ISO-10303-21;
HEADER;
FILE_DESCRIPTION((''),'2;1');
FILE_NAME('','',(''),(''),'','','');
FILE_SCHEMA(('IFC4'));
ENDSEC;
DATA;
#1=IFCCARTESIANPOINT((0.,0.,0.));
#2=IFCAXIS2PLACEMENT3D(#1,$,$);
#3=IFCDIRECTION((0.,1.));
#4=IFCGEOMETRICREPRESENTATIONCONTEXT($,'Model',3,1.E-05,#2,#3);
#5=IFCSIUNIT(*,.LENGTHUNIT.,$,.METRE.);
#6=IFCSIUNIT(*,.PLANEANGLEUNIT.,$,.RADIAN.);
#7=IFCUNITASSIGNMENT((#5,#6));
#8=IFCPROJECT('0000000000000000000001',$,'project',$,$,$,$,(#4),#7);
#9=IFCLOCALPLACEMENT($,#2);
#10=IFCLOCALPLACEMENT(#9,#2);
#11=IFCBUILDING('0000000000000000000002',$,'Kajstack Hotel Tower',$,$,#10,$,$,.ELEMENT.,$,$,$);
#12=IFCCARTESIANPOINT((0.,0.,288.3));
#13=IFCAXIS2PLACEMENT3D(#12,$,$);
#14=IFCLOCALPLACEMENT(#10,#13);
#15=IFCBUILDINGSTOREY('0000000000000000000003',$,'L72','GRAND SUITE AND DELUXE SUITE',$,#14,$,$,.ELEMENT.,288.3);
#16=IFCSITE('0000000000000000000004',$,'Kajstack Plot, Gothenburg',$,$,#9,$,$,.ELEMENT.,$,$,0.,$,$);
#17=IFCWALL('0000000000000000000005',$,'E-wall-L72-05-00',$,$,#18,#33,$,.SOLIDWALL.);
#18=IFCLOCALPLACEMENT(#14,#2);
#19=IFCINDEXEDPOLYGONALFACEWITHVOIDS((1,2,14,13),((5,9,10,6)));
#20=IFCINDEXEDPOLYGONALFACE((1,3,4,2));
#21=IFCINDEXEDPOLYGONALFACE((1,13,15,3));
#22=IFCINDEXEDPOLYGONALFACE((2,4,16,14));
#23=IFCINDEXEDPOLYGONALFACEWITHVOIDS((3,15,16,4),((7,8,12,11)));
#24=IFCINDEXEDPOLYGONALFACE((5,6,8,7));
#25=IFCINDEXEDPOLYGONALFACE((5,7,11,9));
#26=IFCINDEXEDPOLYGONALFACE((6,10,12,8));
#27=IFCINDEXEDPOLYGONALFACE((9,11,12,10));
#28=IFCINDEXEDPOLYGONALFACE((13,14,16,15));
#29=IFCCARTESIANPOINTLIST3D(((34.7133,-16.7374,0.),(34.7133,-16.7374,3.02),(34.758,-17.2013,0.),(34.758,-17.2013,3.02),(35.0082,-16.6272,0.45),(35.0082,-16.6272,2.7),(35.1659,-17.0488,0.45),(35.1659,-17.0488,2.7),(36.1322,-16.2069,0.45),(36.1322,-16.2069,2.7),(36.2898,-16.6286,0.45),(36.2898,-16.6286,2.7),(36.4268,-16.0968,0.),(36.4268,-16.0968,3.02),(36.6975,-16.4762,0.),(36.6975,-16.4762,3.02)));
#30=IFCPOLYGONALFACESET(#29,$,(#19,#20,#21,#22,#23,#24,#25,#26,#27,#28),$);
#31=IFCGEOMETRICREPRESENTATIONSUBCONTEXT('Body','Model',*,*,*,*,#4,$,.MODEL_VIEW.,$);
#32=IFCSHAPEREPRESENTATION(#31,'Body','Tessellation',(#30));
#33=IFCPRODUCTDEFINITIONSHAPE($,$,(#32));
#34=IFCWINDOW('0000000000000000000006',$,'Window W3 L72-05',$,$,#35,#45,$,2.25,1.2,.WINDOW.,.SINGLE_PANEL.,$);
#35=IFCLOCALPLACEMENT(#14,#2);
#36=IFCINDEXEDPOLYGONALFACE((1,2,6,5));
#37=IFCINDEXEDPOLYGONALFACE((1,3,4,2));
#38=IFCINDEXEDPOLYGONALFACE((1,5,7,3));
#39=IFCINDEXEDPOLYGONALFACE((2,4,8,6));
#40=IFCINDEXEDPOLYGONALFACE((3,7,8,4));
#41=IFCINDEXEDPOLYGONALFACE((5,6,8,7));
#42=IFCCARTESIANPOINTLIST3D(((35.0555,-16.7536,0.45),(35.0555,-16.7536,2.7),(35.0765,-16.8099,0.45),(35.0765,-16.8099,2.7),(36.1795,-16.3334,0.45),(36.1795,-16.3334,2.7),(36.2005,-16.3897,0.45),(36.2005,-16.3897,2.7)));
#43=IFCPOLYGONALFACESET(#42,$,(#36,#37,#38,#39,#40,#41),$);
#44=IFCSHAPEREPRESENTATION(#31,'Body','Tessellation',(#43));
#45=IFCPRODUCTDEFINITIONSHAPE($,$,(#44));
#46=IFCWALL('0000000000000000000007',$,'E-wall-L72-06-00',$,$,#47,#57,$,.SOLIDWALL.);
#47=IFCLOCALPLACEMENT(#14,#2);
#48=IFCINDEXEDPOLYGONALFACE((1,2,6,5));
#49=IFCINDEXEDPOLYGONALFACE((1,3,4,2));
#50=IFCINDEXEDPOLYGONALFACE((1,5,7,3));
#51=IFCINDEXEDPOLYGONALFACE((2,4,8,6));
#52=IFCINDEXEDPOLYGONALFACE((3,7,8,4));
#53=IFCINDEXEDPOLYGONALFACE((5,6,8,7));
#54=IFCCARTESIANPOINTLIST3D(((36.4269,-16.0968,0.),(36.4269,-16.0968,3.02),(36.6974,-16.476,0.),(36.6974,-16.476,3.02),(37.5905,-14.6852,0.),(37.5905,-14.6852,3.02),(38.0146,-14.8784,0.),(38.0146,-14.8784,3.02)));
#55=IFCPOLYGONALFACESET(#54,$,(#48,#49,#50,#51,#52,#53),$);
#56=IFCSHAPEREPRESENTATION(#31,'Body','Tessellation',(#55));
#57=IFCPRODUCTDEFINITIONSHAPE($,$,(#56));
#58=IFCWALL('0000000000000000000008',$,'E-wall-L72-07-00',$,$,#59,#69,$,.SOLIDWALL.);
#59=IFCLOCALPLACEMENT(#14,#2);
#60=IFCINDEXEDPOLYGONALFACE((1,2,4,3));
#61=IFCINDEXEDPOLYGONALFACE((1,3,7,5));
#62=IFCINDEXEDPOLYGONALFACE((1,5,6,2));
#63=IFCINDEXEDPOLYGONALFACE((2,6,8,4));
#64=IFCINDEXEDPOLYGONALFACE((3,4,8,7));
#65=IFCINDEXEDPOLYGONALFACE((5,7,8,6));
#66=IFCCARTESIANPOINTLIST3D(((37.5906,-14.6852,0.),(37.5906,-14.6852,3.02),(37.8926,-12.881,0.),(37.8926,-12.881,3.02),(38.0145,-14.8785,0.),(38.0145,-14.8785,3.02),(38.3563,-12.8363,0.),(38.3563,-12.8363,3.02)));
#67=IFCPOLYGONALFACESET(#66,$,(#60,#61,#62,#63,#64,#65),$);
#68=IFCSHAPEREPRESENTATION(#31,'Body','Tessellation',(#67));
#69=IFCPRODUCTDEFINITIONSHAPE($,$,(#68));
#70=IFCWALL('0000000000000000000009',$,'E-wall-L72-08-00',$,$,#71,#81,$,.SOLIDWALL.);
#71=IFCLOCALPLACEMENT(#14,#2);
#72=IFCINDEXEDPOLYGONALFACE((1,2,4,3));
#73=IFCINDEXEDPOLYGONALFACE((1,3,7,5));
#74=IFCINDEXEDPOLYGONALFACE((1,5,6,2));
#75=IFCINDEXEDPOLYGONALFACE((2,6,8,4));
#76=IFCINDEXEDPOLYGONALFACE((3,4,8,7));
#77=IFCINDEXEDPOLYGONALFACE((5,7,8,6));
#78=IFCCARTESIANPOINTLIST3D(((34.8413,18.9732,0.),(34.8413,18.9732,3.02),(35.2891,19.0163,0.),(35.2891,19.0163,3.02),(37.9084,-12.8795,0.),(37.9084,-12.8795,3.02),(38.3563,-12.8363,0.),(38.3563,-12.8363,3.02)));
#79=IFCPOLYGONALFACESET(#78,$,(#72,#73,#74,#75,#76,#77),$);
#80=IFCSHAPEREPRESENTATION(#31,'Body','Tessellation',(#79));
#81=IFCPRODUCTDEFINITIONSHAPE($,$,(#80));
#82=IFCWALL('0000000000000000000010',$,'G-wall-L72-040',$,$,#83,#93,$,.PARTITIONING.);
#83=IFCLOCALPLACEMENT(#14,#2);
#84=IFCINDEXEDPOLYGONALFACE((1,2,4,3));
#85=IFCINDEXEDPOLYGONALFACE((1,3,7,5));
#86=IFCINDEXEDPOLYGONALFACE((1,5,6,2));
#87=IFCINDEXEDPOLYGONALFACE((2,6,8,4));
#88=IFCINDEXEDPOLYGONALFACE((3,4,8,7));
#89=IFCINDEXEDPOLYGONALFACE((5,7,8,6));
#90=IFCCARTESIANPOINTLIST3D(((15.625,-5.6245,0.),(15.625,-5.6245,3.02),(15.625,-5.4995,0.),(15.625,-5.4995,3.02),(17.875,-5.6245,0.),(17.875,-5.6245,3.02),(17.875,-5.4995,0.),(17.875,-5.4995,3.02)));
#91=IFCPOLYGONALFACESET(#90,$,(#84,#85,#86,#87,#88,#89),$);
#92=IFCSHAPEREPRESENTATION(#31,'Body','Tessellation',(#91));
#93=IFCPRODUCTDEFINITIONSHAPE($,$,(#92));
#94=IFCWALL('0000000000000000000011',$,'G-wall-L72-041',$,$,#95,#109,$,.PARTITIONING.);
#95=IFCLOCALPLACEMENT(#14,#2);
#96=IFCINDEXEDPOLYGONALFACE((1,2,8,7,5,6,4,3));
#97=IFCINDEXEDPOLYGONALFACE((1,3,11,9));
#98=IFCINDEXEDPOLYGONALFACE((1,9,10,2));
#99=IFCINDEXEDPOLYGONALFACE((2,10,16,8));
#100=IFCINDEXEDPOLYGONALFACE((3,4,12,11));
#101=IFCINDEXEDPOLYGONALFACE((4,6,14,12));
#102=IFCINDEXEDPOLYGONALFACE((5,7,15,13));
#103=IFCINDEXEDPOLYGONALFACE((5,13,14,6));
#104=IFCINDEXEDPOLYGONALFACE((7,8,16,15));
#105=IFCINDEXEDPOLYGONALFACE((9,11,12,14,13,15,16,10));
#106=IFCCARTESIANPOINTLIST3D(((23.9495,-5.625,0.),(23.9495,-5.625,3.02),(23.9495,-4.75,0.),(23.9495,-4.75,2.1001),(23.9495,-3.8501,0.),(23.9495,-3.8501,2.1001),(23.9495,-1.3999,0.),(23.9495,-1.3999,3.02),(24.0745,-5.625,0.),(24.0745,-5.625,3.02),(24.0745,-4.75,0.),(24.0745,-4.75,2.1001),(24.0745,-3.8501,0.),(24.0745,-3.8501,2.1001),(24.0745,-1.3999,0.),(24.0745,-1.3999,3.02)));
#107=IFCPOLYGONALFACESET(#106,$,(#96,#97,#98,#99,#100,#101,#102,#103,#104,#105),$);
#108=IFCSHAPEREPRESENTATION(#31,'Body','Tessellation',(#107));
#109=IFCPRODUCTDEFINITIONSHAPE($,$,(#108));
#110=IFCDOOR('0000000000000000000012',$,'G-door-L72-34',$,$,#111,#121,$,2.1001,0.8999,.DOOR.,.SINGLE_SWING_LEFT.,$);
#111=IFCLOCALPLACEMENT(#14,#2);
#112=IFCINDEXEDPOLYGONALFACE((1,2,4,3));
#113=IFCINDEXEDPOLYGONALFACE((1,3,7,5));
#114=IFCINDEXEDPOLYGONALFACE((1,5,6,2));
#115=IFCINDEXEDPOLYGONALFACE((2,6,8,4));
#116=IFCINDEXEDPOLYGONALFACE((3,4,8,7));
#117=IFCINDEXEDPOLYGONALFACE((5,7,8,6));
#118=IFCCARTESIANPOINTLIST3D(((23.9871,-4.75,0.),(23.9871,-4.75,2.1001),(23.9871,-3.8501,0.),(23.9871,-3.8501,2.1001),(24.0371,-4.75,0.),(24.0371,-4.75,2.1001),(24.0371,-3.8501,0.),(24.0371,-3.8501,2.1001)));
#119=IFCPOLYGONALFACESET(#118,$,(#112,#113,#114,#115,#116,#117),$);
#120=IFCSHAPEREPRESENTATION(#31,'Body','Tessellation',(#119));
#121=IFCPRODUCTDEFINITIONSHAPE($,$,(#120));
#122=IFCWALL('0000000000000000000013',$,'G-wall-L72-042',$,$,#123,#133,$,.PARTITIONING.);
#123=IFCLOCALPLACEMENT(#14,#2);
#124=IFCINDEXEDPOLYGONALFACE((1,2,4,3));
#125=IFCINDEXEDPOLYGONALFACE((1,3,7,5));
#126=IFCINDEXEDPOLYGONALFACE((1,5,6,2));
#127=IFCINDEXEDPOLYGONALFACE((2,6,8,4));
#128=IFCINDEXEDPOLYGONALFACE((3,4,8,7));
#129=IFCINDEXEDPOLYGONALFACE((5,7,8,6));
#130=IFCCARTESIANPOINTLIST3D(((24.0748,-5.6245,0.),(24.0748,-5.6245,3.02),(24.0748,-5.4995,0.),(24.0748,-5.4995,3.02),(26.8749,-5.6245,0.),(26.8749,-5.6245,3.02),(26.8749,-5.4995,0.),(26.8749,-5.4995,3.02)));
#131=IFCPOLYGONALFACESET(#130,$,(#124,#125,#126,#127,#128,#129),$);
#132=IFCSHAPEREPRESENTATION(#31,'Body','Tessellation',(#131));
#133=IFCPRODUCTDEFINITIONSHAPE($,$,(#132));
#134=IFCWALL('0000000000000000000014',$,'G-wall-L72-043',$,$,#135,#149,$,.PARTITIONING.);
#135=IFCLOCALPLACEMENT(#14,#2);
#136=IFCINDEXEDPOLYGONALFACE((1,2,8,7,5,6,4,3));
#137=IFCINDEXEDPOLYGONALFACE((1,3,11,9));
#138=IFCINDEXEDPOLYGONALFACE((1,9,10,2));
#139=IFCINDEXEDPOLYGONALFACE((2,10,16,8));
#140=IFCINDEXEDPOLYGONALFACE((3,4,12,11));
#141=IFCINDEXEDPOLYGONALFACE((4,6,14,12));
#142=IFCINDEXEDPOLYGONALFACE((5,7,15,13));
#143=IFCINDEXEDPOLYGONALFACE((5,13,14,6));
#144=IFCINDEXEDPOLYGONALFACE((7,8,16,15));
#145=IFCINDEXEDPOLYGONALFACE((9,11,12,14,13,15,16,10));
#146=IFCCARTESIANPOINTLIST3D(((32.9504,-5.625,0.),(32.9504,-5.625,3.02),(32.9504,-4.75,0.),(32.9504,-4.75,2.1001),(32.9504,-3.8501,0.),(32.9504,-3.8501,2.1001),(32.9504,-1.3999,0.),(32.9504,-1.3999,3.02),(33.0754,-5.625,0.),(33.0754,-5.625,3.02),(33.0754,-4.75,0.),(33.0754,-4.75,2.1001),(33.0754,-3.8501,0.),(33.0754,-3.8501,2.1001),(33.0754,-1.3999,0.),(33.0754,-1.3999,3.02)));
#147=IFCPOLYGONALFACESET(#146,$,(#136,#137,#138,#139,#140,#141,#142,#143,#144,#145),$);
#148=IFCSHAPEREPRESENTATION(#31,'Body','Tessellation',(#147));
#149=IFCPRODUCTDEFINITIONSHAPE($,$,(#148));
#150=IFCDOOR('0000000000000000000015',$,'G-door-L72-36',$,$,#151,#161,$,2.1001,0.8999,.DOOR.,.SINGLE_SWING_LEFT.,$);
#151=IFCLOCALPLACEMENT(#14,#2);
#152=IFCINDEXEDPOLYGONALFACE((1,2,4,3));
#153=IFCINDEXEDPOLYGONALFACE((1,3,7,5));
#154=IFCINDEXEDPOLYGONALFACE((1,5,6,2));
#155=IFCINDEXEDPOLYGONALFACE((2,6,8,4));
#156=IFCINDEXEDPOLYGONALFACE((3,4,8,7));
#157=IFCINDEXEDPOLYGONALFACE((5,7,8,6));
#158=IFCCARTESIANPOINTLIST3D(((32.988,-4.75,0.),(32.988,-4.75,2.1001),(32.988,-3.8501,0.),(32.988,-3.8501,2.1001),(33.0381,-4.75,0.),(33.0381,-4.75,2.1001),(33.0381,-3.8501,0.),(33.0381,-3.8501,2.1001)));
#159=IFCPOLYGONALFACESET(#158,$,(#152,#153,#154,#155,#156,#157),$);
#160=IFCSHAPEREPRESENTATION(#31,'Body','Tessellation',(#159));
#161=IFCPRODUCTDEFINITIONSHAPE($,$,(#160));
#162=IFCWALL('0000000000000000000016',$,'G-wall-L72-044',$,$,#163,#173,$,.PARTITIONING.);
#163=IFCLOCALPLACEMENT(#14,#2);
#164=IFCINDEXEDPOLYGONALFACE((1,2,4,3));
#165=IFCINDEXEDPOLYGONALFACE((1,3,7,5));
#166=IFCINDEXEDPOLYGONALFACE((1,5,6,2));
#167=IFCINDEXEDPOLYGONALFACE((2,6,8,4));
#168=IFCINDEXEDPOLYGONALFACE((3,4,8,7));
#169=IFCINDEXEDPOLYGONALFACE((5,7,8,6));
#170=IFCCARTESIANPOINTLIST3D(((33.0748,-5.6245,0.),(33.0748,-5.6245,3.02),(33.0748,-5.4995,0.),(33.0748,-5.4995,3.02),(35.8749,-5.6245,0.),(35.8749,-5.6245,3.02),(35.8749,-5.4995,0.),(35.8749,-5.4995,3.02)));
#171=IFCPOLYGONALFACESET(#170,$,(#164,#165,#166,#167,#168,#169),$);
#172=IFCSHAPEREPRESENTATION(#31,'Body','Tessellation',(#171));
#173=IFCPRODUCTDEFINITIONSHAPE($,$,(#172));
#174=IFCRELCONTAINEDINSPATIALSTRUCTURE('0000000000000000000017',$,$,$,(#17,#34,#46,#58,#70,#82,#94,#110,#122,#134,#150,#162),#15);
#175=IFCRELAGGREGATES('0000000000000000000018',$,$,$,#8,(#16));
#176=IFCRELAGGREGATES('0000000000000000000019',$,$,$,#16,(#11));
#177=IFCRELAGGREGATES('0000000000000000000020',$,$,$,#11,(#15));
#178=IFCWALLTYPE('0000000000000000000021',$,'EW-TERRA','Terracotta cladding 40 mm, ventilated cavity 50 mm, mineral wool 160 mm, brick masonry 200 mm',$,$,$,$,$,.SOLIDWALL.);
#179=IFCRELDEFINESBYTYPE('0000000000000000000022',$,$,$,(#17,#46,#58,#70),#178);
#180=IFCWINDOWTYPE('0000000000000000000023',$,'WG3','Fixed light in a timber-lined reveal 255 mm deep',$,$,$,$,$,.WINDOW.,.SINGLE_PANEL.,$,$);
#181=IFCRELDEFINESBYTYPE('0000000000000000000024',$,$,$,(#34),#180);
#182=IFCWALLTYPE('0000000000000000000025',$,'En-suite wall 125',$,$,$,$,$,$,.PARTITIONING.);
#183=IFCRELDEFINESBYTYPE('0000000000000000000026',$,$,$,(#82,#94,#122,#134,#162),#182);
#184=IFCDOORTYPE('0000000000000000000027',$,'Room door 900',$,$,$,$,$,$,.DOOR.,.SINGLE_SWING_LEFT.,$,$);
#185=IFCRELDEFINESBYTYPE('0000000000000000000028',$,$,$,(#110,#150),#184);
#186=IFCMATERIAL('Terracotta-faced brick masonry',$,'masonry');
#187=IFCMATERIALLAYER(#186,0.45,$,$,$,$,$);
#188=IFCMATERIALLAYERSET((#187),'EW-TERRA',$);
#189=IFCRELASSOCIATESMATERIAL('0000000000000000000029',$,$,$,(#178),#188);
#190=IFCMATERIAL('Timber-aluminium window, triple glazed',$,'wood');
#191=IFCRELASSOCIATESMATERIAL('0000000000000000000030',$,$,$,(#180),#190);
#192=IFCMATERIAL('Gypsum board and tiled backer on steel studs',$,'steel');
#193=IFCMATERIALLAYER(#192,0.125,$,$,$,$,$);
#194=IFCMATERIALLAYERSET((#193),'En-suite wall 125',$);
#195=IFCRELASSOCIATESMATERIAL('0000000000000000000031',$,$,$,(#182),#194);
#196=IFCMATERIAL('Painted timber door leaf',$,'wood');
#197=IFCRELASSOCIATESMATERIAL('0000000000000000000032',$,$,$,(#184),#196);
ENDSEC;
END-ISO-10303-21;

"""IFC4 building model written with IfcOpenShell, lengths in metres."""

from ifc_helpers import new_model, si_unit, direction, frame, frame_2d, origin, place, context, subcontext, project, spatial, polyline, rectangle, outline, extrude, material, layer, layer_set, type_object, element, fill, save


model = new_model("IFC4")

# Units and contexts
model_context = context("Model", 3, precision=1e-05, world=origin(), true_north=direction((0.0, 1.0)))
body_context = subcontext(model_context, "Body", "Model", "MODEL_VIEW")
ifc_project = project(units=[si_unit("LENGTHUNIT", "METRE"), si_unit("PLANEANGLEUNIT", "RADIAN")], contexts=[model_context])

# Site, building, storey
site_placement = place(None, origin())
site = spatial("IfcSite", under=ifc_project, at=site_placement, Name="Kajstack Plot, Gothenburg", CompositionType="ELEMENT", RefElevation=0.0)
building_placement = place(site_placement, origin())
building = spatial("IfcBuilding", under=site, at=building_placement, Name="Kajstack Hotel Tower", CompositionType="ELEMENT")
storey_placement = place(building_placement, frame((0.0, 0.0, 288.3)))
storey = spatial("IfcBuildingStorey", under=building, at=storey_placement, Name="L72", Description="GRAND SUITE AND DELUXE SUITE", CompositionType="ELEMENT", Elevation=288.3)

# Wall, opening, window
ifc_material_1 = material(Name="Terracotta-faced brick masonry", Category="masonry")
ifc_layer_1 = layer(ifc_material_1, 0.45)
ifc_layer_set_1 = layer_set([ifc_layer_1], Name="EW-TERRA")
wall_type_1 = type_object("IfcWallType", Name="EW-TERRA", Description="Terracotta cladding 40 mm, ventilated cavity 50 mm, mineral wool 160 mm, brick masonry 200 mm", PredefinedType="SOLIDWALL", material=ifc_layer_set_1)
wall_1_placement = place(storey_placement, frame((34.6792, -16.9905, 0.0), z_axis=(0.0, 0.0, 1.0), x_axis=(0.936678, 0.350193, 0.0)))
wall_1 = element("IfcWall", 1, at=wall_1_placement, inside=storey, type_object=wall_type_1, Name="E-wall-L72-05-00", PredefinedType="SOLIDWALL", context=body_context, shape_type="SweptSolid", body=[
    extrude(outline(polyline([(0.0, -0.2251), (2.0706, -0.2251), (1.95, 0.2251), (0.1206, 0.2251), (0.0, -0.2251)])), origin(), (0.0, 0.0, 1.0), 3.02),
])
opening_1_placement = place(wall_1_placement, frame((0.4353, 0.0, 0.45)))
opening_1 = element("IfcOpeningElement", 2, at=opening_1_placement, cuts=wall_1, PredefinedType="OPENING", context=body_context, shape_type="SweptSolid", body=[
    extrude(rectangle(XDim=1.2, YDim=2.25, at=frame_2d((0.6001, 1.125))), frame((0.0, 0.2349, 0.0), z_axis=(0.0, -1.0, 0.0), x_axis=(1.0, 0.0, 0.0)), (0.0, 0.0, 1.0), 0.47),
])
ifc_material_2 = material(Name="Timber-aluminium window, triple glazed", Category="wood")
window_type = type_object("IfcWindowType", Name="WG3", Description="Fixed light in a timber-lined reveal 255 mm deep", PartitioningType="SINGLE_PANEL", PredefinedType="WINDOW", material=ifc_material_2)
window_placement = place(opening_1_placement, origin())
window = element("IfcWindow", 3, at=window_placement, inside=storey, type_object=window_type, Name="Window W3 L72-05", OverallHeight=2.25, OverallWidth=1.2, PartitioningType="SINGLE_PANEL", PredefinedType="WINDOW", context=body_context, shape_type="SweptSolid", body=[
    extrude(rectangle(XDim=1.2, YDim=2.25, at=frame_2d((0.6001, 1.125))), frame((0.0, 0.0901, 0.0), z_axis=(0.0, -1.0, 0.0), x_axis=(1.0, 0.0, 0.0)), (0.0, 0.0, 1.0), 0.0601),
])
fill(opening_1, window)

# Walls
wall_2_placement = place(storey_placement, frame((36.5239, -16.333, 0.0), z_axis=(0.0, 0.0, 1.0), x_axis=(0.636046, 0.771651, 0.0)))
element("IfcWall", 4, at=wall_2_placement, inside=storey, type_object=wall_type_1, Name="E-wall-L72-06-00", PredefinedType="SOLIDWALL", context=body_context, shape_type="SweptSolid", body=[
    extrude(outline(polyline([(0.0, -0.2249), (2.0706, -0.2251), (1.95, 0.2251), (0.1206, 0.2251), (0.0, -0.2249)])), origin(), (0.0, 0.0, 1.0), 3.02),
])
wall_3_placement = place(storey_placement, frame((37.7925, -14.8413, 0.0), z_axis=(0.0, 0.0, 1.0), x_axis=(0.165068, 0.986282, 0.0)))
element("IfcWall", 5, at=wall_3_placement, inside=storey, type_object=wall_type_1, Name="E-wall-L72-07-00", PredefinedType="SOLIDWALL", context=body_context, shape_type="SweptSolid", body=[
    extrude(outline(polyline([(0.0, -0.2251), (2.0706, -0.2251), (1.95, 0.2249), (0.1206, 0.2249), (0.0, -0.2251)])), origin(), (0.0, 0.0, 1.0), 3.02),
])
wall_4_placement = place(storey_placement, frame((38.1323, -12.8579, 0.0), z_axis=(0.0, 0.0, 1.0), x_axis=(-0.095848, 0.995396, 0.0)))
element("IfcWall", 6, at=wall_4_placement, inside=storey, type_object=wall_type_1, Name="E-wall-L72-08-00", PredefinedType="SOLIDWALL", context=body_context, shape_type="SweptSolid", body=[
    extrude(rectangle(XDim=32.0, YDim=0.45, at=frame_2d((16.0, 0.0))), origin(), (0.0, 0.0, 1.0), 3.02),
])
ifc_material_3 = material(Name="Gypsum board and tiled backer on steel studs", Category="steel")
ifc_layer_2 = layer(ifc_material_3, 0.125)
ifc_layer_set_2 = layer_set([ifc_layer_2], Name="En-suite wall 125")
wall_type_2 = type_object("IfcWallType", Name="En-suite wall 125", PredefinedType="PARTITIONING", material=ifc_layer_set_2)
wall_5_placement = place(storey_placement, frame((15.625, -5.562, 0.0), z_axis=(0.0, 0.0, 1.0), x_axis=(1.0, 0.0, 0.0)))
element("IfcWall", 7, at=wall_5_placement, inside=storey, type_object=wall_type_2, Name="G-wall-L72-040", PredefinedType="PARTITIONING", context=body_context, shape_type="SweptSolid", body=[
    extrude(rectangle(XDim=2.25, YDim=0.125, at=frame_2d((1.125, 0.0))), origin(), (0.0, 0.0, 1.0), 3.02),
])

# Wall, opening, door
wall_6_placement = place(storey_placement, frame((24.012, -5.625, 0.0), z_axis=(0.0, 0.0, 1.0), x_axis=(0.0, 1.0, 0.0)))
wall_6 = element("IfcWall", 8, at=wall_6_placement, inside=storey, type_object=wall_type_2, Name="G-wall-L72-041", PredefinedType="PARTITIONING", context=body_context, shape_type="SweptSolid", body=[
    extrude(rectangle(XDim=4.2251, YDim=0.125, at=frame_2d((2.1125, 0.0))), origin(), (0.0, 0.0, 1.0), 3.02),
])
opening_2_placement = place(wall_6_placement, frame((0.875, 0.0, 0.0)))
opening_2 = element("IfcOpeningElement", 9, at=opening_2_placement, cuts=wall_6, PredefinedType="OPENING", context=body_context, shape_type="SweptSolid", body=[
    extrude(rectangle(XDim=0.8999, YDim=2.1001, at=frame_2d((0.45, 1.05))), frame((0.0, 0.0725, 0.0), z_axis=(0.0, -1.0, 0.0), x_axis=(1.0, 0.0, 0.0)), (0.0, 0.0, 1.0), 0.145),
])
ifc_material_4 = material(Name="Painted timber door leaf", Category="wood")
door_type_1 = type_object("IfcDoorType", Name="Room door 900", OperationType="SINGLE_SWING_LEFT", PredefinedType="DOOR", material=ifc_material_4)
door_1_placement = place(opening_2_placement, origin())
door_1 = element("IfcDoor", 10, at=door_1_placement, inside=storey, type_object=door_type_1, Name="G-door-L72-34", OperationType="SINGLE_SWING_LEFT", OverallHeight=2.1001, OverallWidth=0.8999, PredefinedType="DOOR", context=body_context, shape_type="SweptSolid", body=[
    extrude(rectangle(XDim=0.8999, YDim=2.1001, at=frame_2d((0.45, 1.05))), frame((0.0, 0.0249, 0.0), z_axis=(0.0, -1.0, 0.0), x_axis=(1.0, 0.0, 0.0)), (0.0, 0.0, 1.0), 0.05),
])
fill(opening_2, door_1)

# Wall
wall_7_placement = place(storey_placement, frame((24.075, -5.562, 0.0), z_axis=(0.0, 0.0, 1.0), x_axis=(1.0, 0.0, 0.0)))
element("IfcWall", 11, at=wall_7_placement, inside=storey, type_object=wall_type_2, Name="G-wall-L72-042", PredefinedType="PARTITIONING", context=body_context, shape_type="SweptSolid", body=[
    extrude(rectangle(XDim=2.8, YDim=0.125, at=frame_2d((1.3999, 0.0))), origin(), (0.0, 0.0, 1.0), 3.02),
])

# Wall, opening, door
wall_8_placement = place(storey_placement, frame((33.0129, -5.625, 0.0), z_axis=(0.0, 0.0, 1.0), x_axis=(0.0, 1.0, 0.0)))
wall_8 = element("IfcWall", 12, at=wall_8_placement, inside=storey, type_object=wall_type_2, Name="G-wall-L72-043", PredefinedType="PARTITIONING", context=body_context, shape_type="SweptSolid", body=[
    extrude(rectangle(XDim=4.2251, YDim=0.125, at=frame_2d((2.1125, 0.0))), origin(), (0.0, 0.0, 1.0), 3.02),
])
opening_3_placement = place(wall_8_placement, frame((0.875, 0.0, 0.0)))
opening_3 = element("IfcOpeningElement", 13, at=opening_3_placement, cuts=wall_8, PredefinedType="OPENING", context=body_context, shape_type="SweptSolid", body=[
    extrude(rectangle(XDim=0.8999, YDim=2.1001, at=frame_2d((0.45, 1.05))), frame((0.0, 0.0725, 0.0), z_axis=(0.0, -1.0, 0.0), x_axis=(1.0, 0.0, 0.0)), (0.0, 0.0, 1.0), 0.145),
])
door_2_placement = place(opening_3_placement, origin())
door_2 = element("IfcDoor", 14, at=door_2_placement, inside=storey, type_object=door_type_1, Name="G-door-L72-36", OperationType="SINGLE_SWING_LEFT", OverallHeight=2.1001, OverallWidth=0.8999, PredefinedType="DOOR", context=body_context, shape_type="SweptSolid", body=[
    extrude(rectangle(XDim=0.8999, YDim=2.1001, at=frame_2d((0.45, 1.05))), frame((0.0, 0.0249, 0.0), z_axis=(0.0, -1.0, 0.0), x_axis=(1.0, 0.0, 0.0)), (0.0, 0.0, 1.0), 0.05),
])
fill(opening_3, door_2)

# Wall
wall_9_placement = place(storey_placement, frame((33.075, -5.562, 0.0), z_axis=(0.0, 0.0, 1.0), x_axis=(1.0, 0.0, 0.0)))
element("IfcWall", 15, at=wall_9_placement, inside=storey, type_object=wall_type_2, Name="G-wall-L72-044", PredefinedType="PARTITIONING", context=body_context, shape_type="SweptSolid", body=[
    extrude(rectangle(XDim=2.8, YDim=0.125, at=frame_2d((1.3999, 0.0))), origin(), (0.0, 0.0, 1.0), 3.02),
])

save(model, "model.ifc")
